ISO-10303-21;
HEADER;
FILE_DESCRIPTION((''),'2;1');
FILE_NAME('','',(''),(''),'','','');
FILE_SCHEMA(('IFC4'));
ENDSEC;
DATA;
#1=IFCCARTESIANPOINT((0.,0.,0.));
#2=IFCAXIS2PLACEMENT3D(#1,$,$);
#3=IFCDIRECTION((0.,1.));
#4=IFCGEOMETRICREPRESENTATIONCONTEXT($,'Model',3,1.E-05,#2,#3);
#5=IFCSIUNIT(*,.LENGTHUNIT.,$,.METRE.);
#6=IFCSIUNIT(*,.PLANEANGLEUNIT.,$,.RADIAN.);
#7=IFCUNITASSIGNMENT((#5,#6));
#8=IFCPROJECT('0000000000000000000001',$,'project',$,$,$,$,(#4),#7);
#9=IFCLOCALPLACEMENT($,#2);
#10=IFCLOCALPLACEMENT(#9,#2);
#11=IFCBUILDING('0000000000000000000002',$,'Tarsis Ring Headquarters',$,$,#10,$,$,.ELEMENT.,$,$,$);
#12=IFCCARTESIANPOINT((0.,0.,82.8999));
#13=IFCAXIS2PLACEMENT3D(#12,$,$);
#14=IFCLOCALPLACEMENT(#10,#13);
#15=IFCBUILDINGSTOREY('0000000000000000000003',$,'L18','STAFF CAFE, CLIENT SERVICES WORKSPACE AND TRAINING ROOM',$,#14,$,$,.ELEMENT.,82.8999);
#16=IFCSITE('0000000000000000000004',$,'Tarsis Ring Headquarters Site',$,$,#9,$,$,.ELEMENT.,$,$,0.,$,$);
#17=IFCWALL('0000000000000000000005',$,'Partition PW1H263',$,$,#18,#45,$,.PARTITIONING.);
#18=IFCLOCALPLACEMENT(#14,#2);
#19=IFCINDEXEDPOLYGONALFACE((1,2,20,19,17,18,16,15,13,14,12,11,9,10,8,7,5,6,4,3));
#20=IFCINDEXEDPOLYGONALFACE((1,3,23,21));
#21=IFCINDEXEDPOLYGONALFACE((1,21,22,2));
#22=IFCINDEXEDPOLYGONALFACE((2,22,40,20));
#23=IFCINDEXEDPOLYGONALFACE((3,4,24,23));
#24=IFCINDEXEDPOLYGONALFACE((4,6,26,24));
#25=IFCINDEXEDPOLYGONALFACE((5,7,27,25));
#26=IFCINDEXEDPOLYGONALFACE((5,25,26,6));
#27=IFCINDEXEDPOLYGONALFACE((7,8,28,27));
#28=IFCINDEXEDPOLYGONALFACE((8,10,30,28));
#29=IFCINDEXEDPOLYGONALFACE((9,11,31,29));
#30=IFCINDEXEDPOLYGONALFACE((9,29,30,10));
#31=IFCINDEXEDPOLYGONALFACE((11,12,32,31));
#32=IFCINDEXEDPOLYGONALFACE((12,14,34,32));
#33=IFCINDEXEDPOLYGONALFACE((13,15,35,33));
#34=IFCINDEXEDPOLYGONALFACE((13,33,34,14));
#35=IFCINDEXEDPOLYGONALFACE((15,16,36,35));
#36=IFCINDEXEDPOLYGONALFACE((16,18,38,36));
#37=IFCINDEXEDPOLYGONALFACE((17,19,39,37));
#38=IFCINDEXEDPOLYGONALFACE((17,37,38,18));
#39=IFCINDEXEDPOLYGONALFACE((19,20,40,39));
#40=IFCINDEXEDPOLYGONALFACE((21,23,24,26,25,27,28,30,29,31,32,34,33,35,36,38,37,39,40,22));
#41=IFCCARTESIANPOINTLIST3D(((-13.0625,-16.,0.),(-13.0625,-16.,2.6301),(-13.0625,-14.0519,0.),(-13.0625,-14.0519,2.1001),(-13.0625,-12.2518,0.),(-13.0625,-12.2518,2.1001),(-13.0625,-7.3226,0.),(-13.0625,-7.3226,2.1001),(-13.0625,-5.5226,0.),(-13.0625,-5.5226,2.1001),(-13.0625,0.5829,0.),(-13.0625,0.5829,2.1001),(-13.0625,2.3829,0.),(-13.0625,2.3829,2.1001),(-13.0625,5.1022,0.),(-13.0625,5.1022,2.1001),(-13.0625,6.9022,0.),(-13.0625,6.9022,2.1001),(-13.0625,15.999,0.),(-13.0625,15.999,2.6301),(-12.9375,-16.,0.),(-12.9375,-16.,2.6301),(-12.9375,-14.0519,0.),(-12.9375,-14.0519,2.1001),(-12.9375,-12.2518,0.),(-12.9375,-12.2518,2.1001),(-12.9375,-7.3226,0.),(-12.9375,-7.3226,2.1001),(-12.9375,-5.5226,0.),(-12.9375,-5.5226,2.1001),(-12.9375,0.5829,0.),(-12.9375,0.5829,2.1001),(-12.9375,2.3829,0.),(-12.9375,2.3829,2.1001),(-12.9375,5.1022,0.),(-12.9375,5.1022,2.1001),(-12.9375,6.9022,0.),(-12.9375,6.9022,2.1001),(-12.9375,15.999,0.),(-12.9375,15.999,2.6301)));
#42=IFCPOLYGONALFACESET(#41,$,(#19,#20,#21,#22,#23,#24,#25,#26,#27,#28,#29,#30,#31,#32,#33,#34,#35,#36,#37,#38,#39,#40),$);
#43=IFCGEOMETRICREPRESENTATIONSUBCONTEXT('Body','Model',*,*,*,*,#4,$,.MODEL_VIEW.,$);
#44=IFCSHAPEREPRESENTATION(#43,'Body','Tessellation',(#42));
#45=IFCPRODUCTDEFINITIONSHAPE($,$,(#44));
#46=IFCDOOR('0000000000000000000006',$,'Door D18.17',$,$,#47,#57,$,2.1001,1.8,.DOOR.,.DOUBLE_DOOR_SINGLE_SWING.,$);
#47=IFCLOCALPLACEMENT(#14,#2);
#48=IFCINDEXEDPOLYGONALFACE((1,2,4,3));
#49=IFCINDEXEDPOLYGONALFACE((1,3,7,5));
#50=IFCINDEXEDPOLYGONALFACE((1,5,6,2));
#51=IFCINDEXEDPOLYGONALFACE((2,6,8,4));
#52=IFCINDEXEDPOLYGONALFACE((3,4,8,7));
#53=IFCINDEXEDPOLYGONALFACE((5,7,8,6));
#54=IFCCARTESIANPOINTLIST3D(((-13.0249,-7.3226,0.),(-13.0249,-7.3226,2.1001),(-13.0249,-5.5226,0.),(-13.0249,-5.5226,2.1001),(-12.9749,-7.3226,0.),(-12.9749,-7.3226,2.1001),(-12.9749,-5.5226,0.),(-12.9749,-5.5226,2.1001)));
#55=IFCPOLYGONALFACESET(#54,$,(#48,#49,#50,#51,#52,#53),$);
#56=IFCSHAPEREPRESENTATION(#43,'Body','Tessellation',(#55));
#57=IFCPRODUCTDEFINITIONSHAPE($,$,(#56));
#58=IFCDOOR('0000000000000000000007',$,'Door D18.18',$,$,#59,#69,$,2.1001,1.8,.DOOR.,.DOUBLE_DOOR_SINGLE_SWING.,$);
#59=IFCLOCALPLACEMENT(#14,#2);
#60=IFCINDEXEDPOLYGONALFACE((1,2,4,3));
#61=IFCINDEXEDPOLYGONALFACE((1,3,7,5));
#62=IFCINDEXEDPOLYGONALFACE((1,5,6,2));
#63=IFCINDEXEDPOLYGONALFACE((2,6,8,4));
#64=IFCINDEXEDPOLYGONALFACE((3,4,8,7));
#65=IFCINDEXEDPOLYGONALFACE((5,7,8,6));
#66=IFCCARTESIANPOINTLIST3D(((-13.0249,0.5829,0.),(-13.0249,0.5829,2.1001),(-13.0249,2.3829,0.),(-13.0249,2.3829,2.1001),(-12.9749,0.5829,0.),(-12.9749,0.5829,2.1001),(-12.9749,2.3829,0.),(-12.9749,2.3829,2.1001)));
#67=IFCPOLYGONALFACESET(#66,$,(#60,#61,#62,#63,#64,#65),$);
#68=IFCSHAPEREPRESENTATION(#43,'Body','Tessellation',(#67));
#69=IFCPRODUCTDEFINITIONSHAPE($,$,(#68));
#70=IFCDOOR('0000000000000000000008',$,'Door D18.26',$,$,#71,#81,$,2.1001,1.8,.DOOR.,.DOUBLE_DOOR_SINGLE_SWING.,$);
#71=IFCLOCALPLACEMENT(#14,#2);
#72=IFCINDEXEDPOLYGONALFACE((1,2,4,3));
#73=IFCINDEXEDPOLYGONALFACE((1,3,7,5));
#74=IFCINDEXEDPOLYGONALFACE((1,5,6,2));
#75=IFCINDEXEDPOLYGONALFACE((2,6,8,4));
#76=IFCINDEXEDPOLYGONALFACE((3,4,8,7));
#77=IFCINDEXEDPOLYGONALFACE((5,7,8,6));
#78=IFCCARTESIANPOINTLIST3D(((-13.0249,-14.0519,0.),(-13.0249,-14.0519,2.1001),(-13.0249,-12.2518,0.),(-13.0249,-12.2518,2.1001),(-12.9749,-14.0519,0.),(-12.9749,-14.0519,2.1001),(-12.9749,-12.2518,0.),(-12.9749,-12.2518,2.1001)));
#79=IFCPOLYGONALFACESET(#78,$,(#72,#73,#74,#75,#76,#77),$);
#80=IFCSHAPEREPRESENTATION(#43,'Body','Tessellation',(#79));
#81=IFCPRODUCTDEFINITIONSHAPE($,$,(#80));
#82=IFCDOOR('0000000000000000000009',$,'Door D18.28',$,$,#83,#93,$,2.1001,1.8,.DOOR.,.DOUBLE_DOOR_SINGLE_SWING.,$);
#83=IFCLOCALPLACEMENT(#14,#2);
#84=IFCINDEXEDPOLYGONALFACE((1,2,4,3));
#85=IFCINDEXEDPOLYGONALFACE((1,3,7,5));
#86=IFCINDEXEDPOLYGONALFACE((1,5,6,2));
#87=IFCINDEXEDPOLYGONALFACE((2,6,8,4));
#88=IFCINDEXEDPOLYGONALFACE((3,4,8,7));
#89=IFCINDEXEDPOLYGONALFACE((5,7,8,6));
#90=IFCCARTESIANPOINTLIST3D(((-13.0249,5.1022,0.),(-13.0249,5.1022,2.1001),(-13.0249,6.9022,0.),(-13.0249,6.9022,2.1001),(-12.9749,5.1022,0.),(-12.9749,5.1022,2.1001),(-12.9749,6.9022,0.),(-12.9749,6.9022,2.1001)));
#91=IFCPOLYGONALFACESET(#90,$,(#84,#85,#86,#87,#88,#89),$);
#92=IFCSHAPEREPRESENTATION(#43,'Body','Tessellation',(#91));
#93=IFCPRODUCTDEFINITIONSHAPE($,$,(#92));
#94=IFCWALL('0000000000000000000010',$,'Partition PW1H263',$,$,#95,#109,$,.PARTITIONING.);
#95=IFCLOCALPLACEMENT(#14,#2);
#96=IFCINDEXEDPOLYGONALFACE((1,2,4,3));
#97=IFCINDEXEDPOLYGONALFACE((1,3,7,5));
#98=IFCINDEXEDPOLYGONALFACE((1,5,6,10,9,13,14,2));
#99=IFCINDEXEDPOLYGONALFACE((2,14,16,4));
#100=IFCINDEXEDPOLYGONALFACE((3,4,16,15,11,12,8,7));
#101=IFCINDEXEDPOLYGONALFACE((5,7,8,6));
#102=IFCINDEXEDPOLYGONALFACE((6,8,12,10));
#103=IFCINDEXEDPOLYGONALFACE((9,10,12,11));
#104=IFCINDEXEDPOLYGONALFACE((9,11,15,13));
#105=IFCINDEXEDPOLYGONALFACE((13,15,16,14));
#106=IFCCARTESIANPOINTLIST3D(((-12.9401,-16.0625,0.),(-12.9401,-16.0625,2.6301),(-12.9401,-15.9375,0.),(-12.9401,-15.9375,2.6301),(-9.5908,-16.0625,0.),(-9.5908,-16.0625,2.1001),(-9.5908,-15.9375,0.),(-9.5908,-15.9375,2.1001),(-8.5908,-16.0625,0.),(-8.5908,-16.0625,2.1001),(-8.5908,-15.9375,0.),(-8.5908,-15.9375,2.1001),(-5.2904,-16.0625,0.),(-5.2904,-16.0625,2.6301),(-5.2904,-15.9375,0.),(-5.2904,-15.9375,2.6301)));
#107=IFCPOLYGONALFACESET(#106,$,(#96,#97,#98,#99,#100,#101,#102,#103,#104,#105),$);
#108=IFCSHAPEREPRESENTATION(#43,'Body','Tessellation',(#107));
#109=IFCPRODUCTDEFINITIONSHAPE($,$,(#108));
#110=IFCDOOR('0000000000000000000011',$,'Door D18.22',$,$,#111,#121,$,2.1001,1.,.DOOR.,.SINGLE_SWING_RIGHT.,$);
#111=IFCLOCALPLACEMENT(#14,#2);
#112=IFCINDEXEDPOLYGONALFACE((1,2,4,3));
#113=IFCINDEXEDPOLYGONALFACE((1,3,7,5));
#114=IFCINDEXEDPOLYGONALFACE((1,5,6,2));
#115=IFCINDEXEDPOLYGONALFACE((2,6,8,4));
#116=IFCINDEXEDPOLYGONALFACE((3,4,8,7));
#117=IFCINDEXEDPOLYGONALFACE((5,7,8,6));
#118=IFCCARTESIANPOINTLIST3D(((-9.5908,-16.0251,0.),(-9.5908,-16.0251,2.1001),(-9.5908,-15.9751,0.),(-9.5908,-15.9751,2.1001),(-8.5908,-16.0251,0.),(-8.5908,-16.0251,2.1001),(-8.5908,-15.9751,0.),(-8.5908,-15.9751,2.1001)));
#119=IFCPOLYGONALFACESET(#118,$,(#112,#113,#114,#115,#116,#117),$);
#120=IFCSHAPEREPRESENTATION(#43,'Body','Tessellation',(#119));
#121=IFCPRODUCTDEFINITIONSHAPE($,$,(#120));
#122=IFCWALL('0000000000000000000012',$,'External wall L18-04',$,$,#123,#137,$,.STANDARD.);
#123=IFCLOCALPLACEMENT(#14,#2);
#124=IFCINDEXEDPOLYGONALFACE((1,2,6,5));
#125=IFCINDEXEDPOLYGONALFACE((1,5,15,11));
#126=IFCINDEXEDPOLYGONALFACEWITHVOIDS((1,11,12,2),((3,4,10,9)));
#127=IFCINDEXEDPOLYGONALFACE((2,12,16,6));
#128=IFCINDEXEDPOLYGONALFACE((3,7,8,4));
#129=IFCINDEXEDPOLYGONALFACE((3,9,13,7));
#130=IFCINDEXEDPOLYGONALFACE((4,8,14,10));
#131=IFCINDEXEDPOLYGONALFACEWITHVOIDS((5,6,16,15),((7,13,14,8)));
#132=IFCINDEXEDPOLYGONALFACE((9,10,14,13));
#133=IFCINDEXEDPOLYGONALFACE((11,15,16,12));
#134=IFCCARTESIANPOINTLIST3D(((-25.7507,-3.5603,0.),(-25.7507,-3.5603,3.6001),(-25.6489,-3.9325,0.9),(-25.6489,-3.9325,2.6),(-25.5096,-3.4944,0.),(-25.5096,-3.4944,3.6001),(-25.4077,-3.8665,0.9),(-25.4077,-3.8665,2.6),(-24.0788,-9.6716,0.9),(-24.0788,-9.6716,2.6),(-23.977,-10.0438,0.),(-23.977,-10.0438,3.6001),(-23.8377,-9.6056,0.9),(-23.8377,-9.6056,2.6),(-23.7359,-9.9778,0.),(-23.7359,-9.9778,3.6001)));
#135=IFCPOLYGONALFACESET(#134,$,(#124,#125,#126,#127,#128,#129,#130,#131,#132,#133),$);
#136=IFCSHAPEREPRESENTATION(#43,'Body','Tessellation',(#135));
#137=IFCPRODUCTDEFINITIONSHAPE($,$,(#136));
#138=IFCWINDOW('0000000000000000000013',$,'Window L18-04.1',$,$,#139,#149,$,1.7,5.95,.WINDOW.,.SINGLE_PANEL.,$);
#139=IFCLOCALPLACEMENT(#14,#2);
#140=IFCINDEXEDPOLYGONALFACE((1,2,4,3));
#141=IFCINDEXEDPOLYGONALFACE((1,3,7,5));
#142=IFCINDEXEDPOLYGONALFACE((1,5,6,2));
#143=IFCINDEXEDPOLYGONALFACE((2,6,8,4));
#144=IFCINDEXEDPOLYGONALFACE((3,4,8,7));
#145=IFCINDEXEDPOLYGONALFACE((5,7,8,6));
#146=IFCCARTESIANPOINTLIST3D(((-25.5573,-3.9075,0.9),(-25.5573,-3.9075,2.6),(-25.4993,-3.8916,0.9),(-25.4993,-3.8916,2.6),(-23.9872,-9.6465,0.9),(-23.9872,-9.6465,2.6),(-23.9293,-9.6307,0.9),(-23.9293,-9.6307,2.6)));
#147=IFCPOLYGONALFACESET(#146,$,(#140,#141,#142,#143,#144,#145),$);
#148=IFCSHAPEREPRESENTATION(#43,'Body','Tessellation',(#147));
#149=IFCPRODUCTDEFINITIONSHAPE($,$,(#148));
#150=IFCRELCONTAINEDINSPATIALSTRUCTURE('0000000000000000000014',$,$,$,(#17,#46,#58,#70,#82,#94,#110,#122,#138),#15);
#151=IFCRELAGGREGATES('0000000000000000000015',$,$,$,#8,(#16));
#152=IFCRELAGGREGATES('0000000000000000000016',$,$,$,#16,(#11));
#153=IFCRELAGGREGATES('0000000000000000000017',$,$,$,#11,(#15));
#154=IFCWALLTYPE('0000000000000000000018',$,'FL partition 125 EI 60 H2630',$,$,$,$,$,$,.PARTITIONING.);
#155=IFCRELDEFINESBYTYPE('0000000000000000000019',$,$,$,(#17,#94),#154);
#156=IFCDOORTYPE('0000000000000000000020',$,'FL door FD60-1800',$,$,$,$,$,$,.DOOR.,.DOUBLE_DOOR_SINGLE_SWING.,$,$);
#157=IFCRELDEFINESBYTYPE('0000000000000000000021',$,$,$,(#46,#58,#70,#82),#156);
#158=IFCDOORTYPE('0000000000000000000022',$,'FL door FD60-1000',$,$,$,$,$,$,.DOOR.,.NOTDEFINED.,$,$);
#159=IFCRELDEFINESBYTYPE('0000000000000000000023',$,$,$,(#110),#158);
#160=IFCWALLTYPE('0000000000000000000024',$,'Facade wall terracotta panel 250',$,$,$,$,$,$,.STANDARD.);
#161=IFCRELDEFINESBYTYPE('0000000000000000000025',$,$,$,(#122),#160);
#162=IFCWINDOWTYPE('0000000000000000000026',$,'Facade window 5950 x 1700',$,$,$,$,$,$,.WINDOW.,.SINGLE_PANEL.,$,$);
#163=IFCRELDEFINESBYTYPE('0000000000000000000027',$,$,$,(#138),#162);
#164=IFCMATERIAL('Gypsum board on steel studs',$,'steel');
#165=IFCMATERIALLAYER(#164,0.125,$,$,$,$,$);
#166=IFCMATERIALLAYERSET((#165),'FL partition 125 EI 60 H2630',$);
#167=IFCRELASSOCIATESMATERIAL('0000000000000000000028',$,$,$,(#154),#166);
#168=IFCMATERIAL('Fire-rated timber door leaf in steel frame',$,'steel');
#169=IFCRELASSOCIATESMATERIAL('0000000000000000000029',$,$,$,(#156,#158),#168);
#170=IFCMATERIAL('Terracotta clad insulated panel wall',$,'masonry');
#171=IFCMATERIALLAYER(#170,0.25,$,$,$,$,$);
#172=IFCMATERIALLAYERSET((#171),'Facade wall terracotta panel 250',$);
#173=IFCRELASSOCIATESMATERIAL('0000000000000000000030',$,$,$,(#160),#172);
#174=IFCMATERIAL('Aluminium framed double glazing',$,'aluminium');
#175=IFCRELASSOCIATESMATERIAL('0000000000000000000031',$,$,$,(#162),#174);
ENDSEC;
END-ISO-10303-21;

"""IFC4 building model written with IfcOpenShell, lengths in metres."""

from ifc_helpers import new_model, si_unit, direction, frame, frame_2d, origin, place, context, subcontext, project, spatial, rectangle, extrude, material, layer, layer_set, type_object, element, fill, save


model = new_model("IFC4")

# Units and contexts
model_context = context("Model", 3, precision=1e-05, world=origin(), true_north=direction((0.0, 1.0)))
body_context = subcontext(model_context, "Body", "Model", "MODEL_VIEW")
ifc_project = project(units=[si_unit("LENGTHUNIT", "METRE"), si_unit("PLANEANGLEUNIT", "RADIAN")], contexts=[model_context])

# Site, building, storey
site_placement = place(None, origin())
site = spatial("IfcSite", under=ifc_project, at=site_placement, Name="Tarsis Ring Headquarters Site", CompositionType="ELEMENT", RefElevation=0.0)
building_placement = place(site_placement, origin())
building = spatial("IfcBuilding", under=site, at=building_placement, Name="Tarsis Ring Headquarters", CompositionType="ELEMENT")
storey_placement = place(building_placement, frame((0.0, 0.0, 82.8999)))
storey = spatial("IfcBuildingStorey", under=building, at=storey_placement, Name="L18", Description="STAFF CAFE, CLIENT SERVICES WORKSPACE AND TRAINING ROOM", CompositionType="ELEMENT", Elevation=82.8999)

# Shared definitions
ifc_material_1 = material(Name="Gypsum board on steel studs", Category="steel")

# Wall, openings, doors
ifc_layer_1 = layer(ifc_material_1, 0.125)
ifc_layer_set_1 = layer_set([ifc_layer_1], Name="FL partition 125 EI 60 H2630")
wall_type_1 = type_object("IfcWallType", Name="FL partition 125 EI 60 H2630", PredefinedType="PARTITIONING", material=ifc_layer_set_1)
wall_1_placement = place(storey_placement, frame((-13.0, -16.0, 0.0), z_axis=(0.0, 0.0, 1.0), x_axis=(0.0, 1.0, 0.0)))
wall_1 = element("IfcWall", 1, at=wall_1_placement, inside=storey, type_object=wall_type_1, Name="Partition PW1H263", PredefinedType="PARTITIONING", context=body_context, shape_type="SweptSolid", body=[
    extrude(rectangle(XDim=31.999, YDim=0.125, at=frame_2d((15.9995, 0.0))), origin(), (0.0, 0.0, 1.0), 2.6301),
])
opening_1_placement = place(wall_1_placement, frame((8.6775, 0.0, 0.0)))
opening_1 = element("IfcOpeningElement", 2, at=opening_1_placement, cuts=wall_1, PredefinedType="OPENING", context=body_context, shape_type="SweptSolid", body=[
    extrude(rectangle(XDim=1.8, YDim=2.1001, at=frame_2d((0.8999, 1.05))), frame((0.0, 0.0725, 0.0), z_axis=(0.0, -1.0, 0.0), x_axis=(1.0, 0.0, 0.0)), (0.0, 0.0, 1.0), 0.145),
])
opening_2_placement = place(wall_1_placement, frame((16.583, 0.0, 0.0)))
opening_2 = element("IfcOpeningElement", 3, at=opening_2_placement, cuts=wall_1, PredefinedType="OPENING", context=body_context, shape_type="SweptSolid", body=[
    extrude(rectangle(XDim=1.8, YDim=2.1001, at=frame_2d((0.8999, 1.05))), frame((0.0, 0.0725, 0.0), z_axis=(0.0, -1.0, 0.0), x_axis=(1.0, 0.0, 0.0)), (0.0, 0.0, 1.0), 0.145),
])
opening_3_placement = place(wall_1_placement, frame((1.9482, 0.0, 0.0)))
opening_3 = element("IfcOpeningElement", 4, at=opening_3_placement, cuts=wall_1, PredefinedType="OPENING", context=body_context, shape_type="SweptSolid", body=[
    extrude(rectangle(XDim=1.8, YDim=2.1001, at=frame_2d((0.8999, 1.05))), frame((0.0, 0.0725, 0.0), z_axis=(0.0, -1.0, 0.0), x_axis=(1.0, 0.0, 0.0)), (0.0, 0.0, 1.0), 0.145),
])
opening_4_placement = place(wall_1_placement, frame((21.1023, 0.0, 0.0)))
opening_4 = element("IfcOpeningElement", 5, at=opening_4_placement, cuts=wall_1, PredefinedType="OPENING", context=body_context, shape_type="SweptSolid", body=[
    extrude(rectangle(XDim=1.8, YDim=2.1001, at=frame_2d((0.8999, 1.05))), frame((0.0, 0.0725, 0.0), z_axis=(0.0, -1.0, 0.0), x_axis=(1.0, 0.0, 0.0)), (0.0, 0.0, 1.0), 0.145),
])
ifc_material_2 = material(Name="Fire-rated timber door leaf in steel frame", Category="steel")
door_type_1 = type_object("IfcDoorType", Name="FL door FD60-1800", OperationType="DOUBLE_DOOR_SINGLE_SWING", PredefinedType="DOOR", material=ifc_material_2)
door_1_placement = place(opening_1_placement, origin())
door_1 = element("IfcDoor", 6, at=door_1_placement, inside=storey, type_object=door_type_1, Name="Door D18.17", OperationType="DOUBLE_DOOR_SINGLE_SWING", OverallHeight=2.1001, OverallWidth=1.8, PredefinedType="DOOR", context=body_context, shape_type="SweptSolid", body=[
    extrude(rectangle(XDim=1.8, YDim=2.1001, at=frame_2d((0.8999, 1.05))), frame((0.0, 0.0249, 0.0), z_axis=(0.0, -1.0, 0.0), x_axis=(1.0, 0.0, 0.0)), (0.0, 0.0, 1.0), 0.05),
])
fill(opening_1, door_1)
door_2_placement = place(opening_2_placement, origin())
door_2 = element("IfcDoor", 7, at=door_2_placement, inside=storey, type_object=door_type_1, Name="Door D18.18", OperationType="DOUBLE_DOOR_SINGLE_SWING", OverallHeight=2.1001, OverallWidth=1.8, PredefinedType="DOOR", context=body_context, shape_type="SweptSolid", body=[
    extrude(rectangle(XDim=1.8, YDim=2.1001, at=frame_2d((0.8999, 1.05))), frame((0.0, 0.0249, 0.0), z_axis=(0.0, -1.0, 0.0), x_axis=(1.0, 0.0, 0.0)), (0.0, 0.0, 1.0), 0.05),
])
fill(opening_2, door_2)
door_3_placement = place(opening_3_placement, origin())
door_3 = element("IfcDoor", 8, at=door_3_placement, inside=storey, type_object=door_type_1, Name="Door D18.26", OperationType="DOUBLE_DOOR_SINGLE_SWING", OverallHeight=2.1001, OverallWidth=1.8, PredefinedType="DOOR", context=body_context, shape_type="SweptSolid", body=[
    extrude(rectangle(XDim=1.8, YDim=2.1001, at=frame_2d((0.8999, 1.05))), frame((0.0, 0.0249, 0.0), z_axis=(0.0, -1.0, 0.0), x_axis=(1.0, 0.0, 0.0)), (0.0, 0.0, 1.0), 0.05),
])
fill(opening_3, door_3)
door_4_placement = place(opening_4_placement, origin())
door_4 = element("IfcDoor", 9, at=door_4_placement, inside=storey, type_object=door_type_1, Name="Door D18.28", OperationType="DOUBLE_DOOR_SINGLE_SWING", OverallHeight=2.1001, OverallWidth=1.8, PredefinedType="DOOR", context=body_context, shape_type="SweptSolid", body=[
    extrude(rectangle(XDim=1.8, YDim=2.1001, at=frame_2d((0.8999, 1.05))), frame((0.0, 0.0249, 0.0), z_axis=(0.0, -1.0, 0.0), x_axis=(1.0, 0.0, 0.0)), (0.0, 0.0, 1.0), 0.05),
])
fill(opening_4, door_4)

# Wall, opening, door
wall_2_placement = place(storey_placement, frame((-12.9399, -16.0, 0.0), z_axis=(0.0, 0.0, 1.0), x_axis=(1.0, 0.0, 0.0)))
wall_2 = element("IfcWall", 10, at=wall_2_placement, inside=storey, type_object=wall_type_1, Name="Partition PW1H263", PredefinedType="PARTITIONING", context=body_context, shape_type="SweptSolid", body=[
    extrude(rectangle(XDim=7.6497, YDim=0.125, at=frame_2d((3.8247, 0.0))), origin(), (0.0, 0.0, 1.0), 2.6301),
])
opening_5_placement = place(wall_2_placement, frame((3.3491, 0.0, 0.0)))
opening_5 = element("IfcOpeningElement", 11, at=opening_5_placement, cuts=wall_2, PredefinedType="OPENING", context=body_context, shape_type="SweptSolid", body=[
    extrude(rectangle(XDim=1.0, YDim=2.1001, at=frame_2d((0.5, 1.05))), frame((0.0, 0.0725, 0.0), z_axis=(0.0, -1.0, 0.0), x_axis=(1.0, 0.0, 0.0)), (0.0, 0.0, 1.0), 0.145),
])
door_type_2 = type_object("IfcDoorType", Name="FL door FD60-1000", OperationType="NOTDEFINED", PredefinedType="DOOR", material=ifc_material_2)
door_5_placement = place(opening_5_placement, origin())
door_5 = element("IfcDoor", 12, at=door_5_placement, inside=storey, type_object=door_type_2, Name="Door D18.22", OperationType="SINGLE_SWING_RIGHT", OverallHeight=2.1001, OverallWidth=1.0, PredefinedType="DOOR", context=body_context, shape_type="SweptSolid", body=[
    extrude(rectangle(XDim=1.0, YDim=2.1001, at=frame_2d((0.5, 1.05))), frame((0.0, 0.0249, 0.0), z_axis=(0.0, -1.0, 0.0), x_axis=(1.0, 0.0, 0.0)), (0.0, 0.0, 1.0), 0.05),
])
fill(opening_5, door_5)

# Wall, opening, window
ifc_material_3 = material(Name="Terracotta clad insulated panel wall", Category="masonry")
ifc_layer_2 = layer(ifc_material_3, 0.25)
ifc_layer_set_2 = layer_set([ifc_layer_2], Name="Facade wall terracotta panel 250")
wall_type_2 = type_object("IfcWallType", Name="Facade wall terracotta panel 250", PredefinedType="STANDARD", material=ifc_layer_set_2)
wall_3_placement = place(storey_placement, frame((-25.6301, -3.5273, 0.0), z_axis=(0.0, 0.0, 1.0), x_axis=(0.263876, -0.964556, 0.0)))
wall_3 = element("IfcWall", 13, at=wall_3_placement, inside=storey, type_object=wall_type_2, Name="External wall L18-04", PredefinedType="STANDARD", context=body_context, shape_type="SweptSolid", body=[
    extrude(rectangle(XDim=6.7217, YDim=0.25, at=frame_2d((3.3608, 0.0))), origin(), (0.0, 0.0, 1.0), 3.6001),
])
opening_6_placement = place(wall_3_placement, frame((0.3857, 0.0, 0.8999)))
opening_6 = element("IfcOpeningElement", 14, at=opening_6_placement, cuts=wall_3, PredefinedType="OPENING", context=body_context, shape_type="SweptSolid", body=[
    extrude(rectangle(XDim=5.95, YDim=1.7, at=frame_2d((2.9751, 0.8501))), frame((0.0, 0.135, 0.0), z_axis=(0.0, -1.0, 0.0), x_axis=(1.0, 0.0, 0.0)), (0.0, 0.0, 1.0), 0.27),
])
ifc_material_4 = material(Name="Aluminium framed double glazing", Category="aluminium")
window_type_1 = type_object("IfcWindowType", Name="Facade window 5950 x 1700", PartitioningType="SINGLE_PANEL", PredefinedType="WINDOW", material=ifc_material_4)
window_1_placement = place(opening_6_placement, origin())
window_1 = element("IfcWindow", 15, at=window_1_placement, inside=storey, type_object=window_type_1, Name="Window L18-04.1", OverallHeight=1.7, OverallWidth=5.95, PartitioningType="SINGLE_PANEL", PredefinedType="WINDOW", context=body_context, shape_type="SweptSolid", body=[
    extrude(rectangle(XDim=5.95, YDim=1.7, at=frame_2d((2.9751, 0.8501))), frame((0.0, 0.03, 0.0), z_axis=(0.0, -1.0, 0.0), x_axis=(1.0, 0.0, 0.0)), (0.0, 0.0, 1.0), 0.0601),
])
fill(opening_6, window_1)

save(model, "model.ifc")
